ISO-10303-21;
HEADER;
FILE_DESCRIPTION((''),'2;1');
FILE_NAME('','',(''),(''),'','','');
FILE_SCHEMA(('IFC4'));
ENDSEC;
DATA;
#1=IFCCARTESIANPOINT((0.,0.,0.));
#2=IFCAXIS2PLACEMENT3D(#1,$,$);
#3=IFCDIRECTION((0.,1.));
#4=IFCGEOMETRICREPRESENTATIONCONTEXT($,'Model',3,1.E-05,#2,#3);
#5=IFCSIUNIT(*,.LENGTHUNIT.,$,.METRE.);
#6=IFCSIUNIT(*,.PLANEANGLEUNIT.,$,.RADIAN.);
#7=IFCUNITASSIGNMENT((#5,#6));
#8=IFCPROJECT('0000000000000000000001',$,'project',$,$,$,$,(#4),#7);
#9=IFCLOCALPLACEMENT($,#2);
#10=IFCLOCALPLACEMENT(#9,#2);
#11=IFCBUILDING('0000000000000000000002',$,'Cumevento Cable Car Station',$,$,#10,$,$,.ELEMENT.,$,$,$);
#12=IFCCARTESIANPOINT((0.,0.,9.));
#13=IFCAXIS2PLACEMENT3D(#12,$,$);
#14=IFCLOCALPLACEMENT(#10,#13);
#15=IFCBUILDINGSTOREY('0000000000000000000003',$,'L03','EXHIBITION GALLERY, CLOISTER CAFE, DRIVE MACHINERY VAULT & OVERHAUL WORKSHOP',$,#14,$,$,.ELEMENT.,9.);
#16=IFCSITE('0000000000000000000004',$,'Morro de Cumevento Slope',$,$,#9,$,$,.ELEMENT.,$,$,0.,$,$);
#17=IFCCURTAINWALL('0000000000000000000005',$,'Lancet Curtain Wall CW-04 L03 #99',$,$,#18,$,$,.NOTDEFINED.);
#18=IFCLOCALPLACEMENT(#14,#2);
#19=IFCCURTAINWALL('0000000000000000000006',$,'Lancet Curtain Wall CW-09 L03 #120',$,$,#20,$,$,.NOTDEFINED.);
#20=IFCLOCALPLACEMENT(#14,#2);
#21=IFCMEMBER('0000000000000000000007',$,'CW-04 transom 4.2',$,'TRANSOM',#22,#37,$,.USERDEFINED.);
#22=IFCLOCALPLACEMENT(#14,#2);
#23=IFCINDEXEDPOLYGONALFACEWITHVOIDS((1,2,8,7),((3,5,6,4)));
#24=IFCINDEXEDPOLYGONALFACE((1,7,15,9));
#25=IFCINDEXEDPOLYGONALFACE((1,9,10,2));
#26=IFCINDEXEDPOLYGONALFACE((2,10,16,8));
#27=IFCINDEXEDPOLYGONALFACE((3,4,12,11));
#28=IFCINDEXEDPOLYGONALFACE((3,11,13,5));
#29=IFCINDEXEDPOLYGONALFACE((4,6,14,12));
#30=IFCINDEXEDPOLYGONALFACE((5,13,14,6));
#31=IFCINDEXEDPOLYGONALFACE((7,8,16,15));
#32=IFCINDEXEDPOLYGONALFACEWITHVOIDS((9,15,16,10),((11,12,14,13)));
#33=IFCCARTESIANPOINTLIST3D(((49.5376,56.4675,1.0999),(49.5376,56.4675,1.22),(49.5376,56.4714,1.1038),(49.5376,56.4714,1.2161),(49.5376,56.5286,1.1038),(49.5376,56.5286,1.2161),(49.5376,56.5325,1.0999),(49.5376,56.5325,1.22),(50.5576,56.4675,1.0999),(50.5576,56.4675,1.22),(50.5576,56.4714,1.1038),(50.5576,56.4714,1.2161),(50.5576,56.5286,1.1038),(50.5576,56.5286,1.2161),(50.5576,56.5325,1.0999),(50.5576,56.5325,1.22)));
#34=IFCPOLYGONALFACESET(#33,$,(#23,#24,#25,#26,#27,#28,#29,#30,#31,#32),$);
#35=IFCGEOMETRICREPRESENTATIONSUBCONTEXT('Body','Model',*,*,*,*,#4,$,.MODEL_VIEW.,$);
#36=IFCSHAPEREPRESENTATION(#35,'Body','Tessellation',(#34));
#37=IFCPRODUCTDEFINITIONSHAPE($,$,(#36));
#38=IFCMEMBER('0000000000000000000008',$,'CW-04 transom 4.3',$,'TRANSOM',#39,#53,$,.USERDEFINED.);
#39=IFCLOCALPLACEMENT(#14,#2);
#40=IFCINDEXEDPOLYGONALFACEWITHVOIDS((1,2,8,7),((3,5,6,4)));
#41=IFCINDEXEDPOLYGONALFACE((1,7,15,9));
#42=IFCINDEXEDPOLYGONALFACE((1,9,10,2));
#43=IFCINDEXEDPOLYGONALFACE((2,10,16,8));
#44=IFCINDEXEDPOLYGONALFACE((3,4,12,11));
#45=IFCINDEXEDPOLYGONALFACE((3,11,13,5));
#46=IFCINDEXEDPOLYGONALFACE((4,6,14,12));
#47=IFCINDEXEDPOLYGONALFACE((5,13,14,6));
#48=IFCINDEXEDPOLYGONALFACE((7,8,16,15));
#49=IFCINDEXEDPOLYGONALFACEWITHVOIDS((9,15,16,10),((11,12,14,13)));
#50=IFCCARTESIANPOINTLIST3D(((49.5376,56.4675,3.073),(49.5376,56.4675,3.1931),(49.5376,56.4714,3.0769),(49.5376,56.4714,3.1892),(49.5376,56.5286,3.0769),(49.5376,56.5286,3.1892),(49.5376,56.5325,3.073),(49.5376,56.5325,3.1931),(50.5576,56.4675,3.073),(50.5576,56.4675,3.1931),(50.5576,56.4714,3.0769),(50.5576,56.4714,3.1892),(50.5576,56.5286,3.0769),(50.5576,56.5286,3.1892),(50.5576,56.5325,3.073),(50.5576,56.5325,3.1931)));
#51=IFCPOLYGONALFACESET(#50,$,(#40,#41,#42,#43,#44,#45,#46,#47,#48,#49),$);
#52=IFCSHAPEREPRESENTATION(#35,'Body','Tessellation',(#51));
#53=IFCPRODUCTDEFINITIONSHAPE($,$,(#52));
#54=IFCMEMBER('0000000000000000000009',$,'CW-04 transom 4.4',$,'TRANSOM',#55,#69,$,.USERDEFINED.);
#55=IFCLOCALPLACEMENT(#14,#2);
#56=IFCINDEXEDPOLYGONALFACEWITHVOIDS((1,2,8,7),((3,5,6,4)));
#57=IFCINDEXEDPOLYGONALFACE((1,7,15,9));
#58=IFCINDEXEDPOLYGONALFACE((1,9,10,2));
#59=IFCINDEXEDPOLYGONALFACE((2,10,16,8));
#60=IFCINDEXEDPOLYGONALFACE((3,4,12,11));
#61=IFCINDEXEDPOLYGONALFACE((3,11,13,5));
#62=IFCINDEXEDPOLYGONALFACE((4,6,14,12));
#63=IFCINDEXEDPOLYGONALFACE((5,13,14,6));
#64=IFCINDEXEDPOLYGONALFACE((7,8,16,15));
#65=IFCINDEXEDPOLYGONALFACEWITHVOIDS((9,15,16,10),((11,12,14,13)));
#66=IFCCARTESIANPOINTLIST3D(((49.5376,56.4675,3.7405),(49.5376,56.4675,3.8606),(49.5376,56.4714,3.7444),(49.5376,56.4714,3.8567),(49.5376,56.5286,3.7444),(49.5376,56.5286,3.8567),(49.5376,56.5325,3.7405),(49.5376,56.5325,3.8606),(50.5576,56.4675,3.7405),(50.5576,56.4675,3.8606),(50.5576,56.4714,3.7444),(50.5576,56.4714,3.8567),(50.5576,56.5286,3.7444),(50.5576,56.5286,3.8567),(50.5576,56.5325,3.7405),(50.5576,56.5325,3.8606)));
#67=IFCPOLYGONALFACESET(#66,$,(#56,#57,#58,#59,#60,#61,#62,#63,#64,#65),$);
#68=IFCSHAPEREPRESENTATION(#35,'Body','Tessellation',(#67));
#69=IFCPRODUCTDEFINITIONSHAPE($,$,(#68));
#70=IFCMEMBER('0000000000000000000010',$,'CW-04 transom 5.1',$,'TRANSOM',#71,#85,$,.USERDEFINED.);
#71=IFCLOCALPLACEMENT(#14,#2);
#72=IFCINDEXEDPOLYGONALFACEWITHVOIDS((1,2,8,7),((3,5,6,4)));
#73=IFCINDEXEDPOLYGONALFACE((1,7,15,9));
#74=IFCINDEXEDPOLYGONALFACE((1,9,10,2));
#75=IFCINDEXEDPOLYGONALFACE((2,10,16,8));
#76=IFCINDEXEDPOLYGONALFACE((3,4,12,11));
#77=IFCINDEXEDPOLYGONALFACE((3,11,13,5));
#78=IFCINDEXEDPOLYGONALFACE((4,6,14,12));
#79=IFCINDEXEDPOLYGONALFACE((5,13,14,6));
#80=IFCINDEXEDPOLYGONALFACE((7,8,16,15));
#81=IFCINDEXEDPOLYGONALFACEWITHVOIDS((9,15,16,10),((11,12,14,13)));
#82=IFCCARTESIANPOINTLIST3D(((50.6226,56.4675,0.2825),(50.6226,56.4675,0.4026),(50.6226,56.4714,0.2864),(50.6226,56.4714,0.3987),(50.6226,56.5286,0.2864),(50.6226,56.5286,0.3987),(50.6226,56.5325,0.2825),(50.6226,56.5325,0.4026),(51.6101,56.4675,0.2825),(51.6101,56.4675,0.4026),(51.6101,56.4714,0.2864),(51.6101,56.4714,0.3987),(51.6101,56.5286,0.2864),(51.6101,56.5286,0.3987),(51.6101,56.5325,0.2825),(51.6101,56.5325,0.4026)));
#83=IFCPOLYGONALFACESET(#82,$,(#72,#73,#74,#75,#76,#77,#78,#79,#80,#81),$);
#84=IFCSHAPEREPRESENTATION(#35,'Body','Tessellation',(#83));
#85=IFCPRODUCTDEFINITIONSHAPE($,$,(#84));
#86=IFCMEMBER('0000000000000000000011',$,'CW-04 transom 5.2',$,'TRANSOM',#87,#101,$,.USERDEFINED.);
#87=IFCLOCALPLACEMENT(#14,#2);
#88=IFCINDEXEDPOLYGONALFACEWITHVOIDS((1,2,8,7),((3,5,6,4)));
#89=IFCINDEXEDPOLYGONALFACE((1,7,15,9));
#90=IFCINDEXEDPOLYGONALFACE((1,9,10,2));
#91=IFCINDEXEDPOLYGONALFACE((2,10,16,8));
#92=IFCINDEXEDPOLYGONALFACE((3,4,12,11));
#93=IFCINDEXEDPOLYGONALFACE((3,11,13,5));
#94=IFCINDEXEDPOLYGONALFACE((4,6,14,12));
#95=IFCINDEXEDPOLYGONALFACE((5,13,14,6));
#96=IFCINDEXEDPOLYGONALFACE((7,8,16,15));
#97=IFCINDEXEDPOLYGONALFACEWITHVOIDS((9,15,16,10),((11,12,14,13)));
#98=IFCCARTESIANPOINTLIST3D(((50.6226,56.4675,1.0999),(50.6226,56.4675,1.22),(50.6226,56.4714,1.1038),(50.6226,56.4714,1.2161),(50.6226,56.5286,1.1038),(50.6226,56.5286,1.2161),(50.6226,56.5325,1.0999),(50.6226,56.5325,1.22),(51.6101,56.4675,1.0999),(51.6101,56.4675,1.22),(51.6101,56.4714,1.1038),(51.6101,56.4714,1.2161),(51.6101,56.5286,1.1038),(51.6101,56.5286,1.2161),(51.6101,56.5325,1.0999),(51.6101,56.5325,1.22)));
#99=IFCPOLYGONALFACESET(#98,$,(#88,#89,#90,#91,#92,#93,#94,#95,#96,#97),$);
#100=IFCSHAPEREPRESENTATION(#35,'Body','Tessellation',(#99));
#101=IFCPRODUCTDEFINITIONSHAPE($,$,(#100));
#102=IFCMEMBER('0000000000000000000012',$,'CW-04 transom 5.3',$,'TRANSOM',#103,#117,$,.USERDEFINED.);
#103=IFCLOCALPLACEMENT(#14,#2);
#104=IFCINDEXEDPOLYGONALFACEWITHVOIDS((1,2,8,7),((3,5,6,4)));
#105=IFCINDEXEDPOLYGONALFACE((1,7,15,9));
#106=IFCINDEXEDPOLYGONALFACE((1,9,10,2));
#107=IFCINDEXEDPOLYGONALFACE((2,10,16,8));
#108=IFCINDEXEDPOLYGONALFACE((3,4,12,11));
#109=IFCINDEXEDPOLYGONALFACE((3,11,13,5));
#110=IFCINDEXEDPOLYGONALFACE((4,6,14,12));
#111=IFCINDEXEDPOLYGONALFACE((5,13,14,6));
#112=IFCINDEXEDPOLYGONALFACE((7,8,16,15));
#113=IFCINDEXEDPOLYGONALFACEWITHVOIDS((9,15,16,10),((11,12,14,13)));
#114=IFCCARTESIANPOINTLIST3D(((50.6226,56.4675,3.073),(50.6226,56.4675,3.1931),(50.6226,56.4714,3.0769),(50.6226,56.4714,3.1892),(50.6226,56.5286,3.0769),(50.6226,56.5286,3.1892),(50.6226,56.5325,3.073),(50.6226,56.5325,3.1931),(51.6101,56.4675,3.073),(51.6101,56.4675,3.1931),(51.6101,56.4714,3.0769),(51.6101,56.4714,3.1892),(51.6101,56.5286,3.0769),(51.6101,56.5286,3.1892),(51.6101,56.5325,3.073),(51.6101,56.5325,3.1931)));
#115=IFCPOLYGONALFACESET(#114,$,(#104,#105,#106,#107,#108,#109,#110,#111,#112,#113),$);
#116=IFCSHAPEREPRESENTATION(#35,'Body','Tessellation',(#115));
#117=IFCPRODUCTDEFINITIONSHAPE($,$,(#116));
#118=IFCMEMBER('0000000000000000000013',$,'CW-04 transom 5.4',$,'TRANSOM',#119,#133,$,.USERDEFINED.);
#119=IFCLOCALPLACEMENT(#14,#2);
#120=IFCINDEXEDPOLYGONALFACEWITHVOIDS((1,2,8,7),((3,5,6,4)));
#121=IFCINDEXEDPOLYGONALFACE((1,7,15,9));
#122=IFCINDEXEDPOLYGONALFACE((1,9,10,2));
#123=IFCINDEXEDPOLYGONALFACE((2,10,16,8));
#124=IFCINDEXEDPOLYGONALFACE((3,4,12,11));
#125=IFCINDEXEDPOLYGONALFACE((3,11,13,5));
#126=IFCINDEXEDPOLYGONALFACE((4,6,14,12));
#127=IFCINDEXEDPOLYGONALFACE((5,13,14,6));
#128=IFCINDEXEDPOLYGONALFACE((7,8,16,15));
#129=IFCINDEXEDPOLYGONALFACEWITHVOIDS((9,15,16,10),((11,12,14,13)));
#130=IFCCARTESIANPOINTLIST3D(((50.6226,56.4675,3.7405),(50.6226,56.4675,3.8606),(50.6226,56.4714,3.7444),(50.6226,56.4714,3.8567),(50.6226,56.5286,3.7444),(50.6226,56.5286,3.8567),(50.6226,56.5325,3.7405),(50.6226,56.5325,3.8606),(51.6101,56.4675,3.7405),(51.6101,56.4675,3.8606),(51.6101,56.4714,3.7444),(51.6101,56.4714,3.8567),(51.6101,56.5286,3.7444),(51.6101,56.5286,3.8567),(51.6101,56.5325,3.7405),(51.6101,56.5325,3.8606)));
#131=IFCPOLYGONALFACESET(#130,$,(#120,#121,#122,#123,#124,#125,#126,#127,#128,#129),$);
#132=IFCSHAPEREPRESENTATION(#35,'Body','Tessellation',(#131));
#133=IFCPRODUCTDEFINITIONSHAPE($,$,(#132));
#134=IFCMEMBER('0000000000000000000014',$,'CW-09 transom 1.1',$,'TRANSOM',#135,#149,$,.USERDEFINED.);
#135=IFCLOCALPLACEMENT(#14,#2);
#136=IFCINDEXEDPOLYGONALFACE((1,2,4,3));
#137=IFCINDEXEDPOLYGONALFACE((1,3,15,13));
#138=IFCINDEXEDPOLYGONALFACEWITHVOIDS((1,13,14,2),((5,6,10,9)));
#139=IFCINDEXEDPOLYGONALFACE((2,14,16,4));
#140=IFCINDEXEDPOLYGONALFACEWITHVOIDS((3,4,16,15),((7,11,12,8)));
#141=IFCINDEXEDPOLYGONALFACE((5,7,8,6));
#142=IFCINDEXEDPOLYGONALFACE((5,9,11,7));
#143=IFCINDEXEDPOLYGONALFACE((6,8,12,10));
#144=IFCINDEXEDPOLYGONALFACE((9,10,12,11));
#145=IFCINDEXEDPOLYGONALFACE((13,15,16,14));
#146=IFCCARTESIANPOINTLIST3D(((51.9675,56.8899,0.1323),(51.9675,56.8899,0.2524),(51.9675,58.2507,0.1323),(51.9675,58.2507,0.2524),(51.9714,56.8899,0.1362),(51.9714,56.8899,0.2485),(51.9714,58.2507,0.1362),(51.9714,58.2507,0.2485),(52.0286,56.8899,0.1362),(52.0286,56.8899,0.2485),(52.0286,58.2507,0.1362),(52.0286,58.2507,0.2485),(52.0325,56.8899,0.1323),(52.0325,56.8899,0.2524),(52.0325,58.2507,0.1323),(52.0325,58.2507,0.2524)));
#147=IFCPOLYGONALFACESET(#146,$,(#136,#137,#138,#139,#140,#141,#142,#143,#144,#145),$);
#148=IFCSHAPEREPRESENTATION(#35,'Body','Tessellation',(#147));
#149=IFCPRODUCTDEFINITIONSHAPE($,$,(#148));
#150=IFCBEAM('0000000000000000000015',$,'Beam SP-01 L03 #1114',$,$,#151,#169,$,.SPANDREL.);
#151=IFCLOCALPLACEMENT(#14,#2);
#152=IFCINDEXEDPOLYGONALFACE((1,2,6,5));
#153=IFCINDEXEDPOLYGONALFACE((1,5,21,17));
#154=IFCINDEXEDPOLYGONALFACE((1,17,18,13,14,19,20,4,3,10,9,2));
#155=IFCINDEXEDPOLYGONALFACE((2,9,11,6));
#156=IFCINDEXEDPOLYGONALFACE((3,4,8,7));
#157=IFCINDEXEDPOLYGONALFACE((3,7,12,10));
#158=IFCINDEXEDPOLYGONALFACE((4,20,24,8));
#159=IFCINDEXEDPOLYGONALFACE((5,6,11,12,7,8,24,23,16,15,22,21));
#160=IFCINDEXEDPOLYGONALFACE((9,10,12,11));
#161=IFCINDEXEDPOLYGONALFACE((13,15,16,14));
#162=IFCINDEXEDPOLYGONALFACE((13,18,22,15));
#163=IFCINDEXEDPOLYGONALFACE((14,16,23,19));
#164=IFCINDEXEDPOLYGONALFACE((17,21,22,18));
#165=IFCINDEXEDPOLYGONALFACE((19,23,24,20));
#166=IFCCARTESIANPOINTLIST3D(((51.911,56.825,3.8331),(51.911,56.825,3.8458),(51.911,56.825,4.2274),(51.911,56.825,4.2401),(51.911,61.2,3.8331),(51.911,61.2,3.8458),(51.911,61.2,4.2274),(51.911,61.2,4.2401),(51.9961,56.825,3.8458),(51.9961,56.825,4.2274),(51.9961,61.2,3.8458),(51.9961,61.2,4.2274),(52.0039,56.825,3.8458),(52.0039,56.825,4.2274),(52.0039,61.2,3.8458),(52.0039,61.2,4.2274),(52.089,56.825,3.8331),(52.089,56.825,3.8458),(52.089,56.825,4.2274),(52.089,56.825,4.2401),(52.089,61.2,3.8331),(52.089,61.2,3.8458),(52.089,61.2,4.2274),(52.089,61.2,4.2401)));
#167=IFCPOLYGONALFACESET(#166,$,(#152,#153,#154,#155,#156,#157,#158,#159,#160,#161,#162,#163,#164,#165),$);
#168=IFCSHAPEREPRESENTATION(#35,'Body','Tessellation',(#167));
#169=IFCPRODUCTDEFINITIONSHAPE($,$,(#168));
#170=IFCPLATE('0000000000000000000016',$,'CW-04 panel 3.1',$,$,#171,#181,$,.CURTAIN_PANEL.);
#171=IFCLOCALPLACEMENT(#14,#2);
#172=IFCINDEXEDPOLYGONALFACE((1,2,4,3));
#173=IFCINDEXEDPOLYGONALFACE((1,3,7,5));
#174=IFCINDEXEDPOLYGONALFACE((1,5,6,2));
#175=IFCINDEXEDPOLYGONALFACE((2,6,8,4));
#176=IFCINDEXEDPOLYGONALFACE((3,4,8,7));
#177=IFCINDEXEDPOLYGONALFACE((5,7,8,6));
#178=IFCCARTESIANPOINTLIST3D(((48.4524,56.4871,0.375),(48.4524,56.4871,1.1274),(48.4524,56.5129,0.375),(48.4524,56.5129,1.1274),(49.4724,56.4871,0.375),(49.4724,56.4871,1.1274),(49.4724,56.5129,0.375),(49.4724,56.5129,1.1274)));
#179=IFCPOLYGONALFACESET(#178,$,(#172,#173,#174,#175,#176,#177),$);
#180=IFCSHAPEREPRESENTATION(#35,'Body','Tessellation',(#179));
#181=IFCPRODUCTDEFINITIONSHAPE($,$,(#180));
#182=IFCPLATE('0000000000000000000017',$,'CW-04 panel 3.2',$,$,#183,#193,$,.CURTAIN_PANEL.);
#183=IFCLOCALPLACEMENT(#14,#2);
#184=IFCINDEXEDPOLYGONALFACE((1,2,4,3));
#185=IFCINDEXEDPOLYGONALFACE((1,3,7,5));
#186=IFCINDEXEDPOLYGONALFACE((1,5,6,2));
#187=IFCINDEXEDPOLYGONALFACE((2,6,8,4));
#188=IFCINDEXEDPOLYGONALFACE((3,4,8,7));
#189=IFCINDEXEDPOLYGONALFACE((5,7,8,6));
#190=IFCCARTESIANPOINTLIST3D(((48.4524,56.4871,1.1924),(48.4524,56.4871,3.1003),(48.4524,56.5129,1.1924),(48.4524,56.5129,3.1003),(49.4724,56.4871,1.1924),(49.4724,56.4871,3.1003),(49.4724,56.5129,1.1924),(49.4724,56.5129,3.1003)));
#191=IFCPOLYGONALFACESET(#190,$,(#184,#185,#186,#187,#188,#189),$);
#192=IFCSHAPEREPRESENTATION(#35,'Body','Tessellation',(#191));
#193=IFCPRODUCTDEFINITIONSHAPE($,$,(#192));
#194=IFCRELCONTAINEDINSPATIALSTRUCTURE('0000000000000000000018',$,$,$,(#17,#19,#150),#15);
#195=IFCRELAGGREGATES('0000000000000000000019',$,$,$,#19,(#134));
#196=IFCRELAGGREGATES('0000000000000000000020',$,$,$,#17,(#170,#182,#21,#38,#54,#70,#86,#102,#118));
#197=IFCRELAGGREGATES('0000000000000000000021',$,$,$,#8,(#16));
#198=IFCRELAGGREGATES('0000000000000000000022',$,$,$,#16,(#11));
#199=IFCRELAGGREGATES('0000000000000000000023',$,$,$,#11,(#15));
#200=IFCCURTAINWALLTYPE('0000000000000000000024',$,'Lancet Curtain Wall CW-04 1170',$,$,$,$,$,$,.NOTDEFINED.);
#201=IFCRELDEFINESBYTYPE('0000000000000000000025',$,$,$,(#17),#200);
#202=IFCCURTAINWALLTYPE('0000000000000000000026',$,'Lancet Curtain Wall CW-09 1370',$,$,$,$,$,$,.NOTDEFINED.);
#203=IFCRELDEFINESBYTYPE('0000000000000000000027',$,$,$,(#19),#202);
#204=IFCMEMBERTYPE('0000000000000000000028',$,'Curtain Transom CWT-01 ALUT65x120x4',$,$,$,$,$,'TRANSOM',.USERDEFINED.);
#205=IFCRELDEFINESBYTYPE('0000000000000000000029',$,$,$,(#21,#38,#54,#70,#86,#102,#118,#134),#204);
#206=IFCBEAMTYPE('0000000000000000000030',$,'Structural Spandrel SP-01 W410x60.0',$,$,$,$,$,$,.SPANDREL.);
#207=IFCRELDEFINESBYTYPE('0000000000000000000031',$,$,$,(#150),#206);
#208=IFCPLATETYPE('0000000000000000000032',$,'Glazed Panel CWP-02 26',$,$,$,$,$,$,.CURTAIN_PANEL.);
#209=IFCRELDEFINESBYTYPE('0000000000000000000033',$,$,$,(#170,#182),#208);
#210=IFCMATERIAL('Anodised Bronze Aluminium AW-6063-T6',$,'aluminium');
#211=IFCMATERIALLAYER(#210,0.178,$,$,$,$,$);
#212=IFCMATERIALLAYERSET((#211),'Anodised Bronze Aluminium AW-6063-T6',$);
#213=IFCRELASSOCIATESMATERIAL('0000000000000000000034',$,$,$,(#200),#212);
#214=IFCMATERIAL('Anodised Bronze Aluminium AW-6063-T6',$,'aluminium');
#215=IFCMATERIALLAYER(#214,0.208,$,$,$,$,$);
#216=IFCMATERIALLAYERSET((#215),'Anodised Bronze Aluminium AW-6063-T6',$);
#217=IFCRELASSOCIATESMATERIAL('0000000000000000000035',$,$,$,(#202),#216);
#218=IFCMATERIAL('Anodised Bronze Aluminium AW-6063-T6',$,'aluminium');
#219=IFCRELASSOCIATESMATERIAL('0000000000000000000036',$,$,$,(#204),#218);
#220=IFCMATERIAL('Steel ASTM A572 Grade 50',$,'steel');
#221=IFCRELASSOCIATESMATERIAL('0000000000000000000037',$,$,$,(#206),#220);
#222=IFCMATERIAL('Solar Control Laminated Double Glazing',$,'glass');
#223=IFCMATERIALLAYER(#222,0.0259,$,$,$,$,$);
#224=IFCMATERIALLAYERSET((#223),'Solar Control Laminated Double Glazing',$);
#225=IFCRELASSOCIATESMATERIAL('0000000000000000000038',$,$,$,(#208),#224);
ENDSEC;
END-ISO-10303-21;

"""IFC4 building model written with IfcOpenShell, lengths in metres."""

from ifc_helpers import new_model, si_unit, direction, frame, origin, origin_2d, place, context, subcontext, project, spatial, rectangle, hollow_rectangle, i_section, extrude, material, layer, layer_set, material_profile, profile_set, type_object, element, aggregate, save


model = new_model("IFC4")

# Units and contexts
model_context = context("Model", 3, precision=1e-05, world=origin(), true_north=direction((0.0, 1.0)))
body_context = subcontext(model_context, "Body", "Model", "MODEL_VIEW")
ifc_project = project(units=[si_unit("LENGTHUNIT", "METRE"), si_unit("PLANEANGLEUNIT", "RADIAN")], contexts=[model_context])

# Site, building, storey
site_placement = place(None, origin())
site = spatial("IfcSite", under=ifc_project, at=site_placement, Name="Morro de Cumevento Slope", CompositionType="ELEMENT", RefElevation=0.0)
building_placement = place(site_placement, origin())
building = spatial("IfcBuilding", under=site, at=building_placement, Name="Cumevento Cable Car Station", CompositionType="ELEMENT")
storey_placement = place(building_placement, frame((0.0, 0.0, 9.0)))
storey = spatial("IfcBuildingStorey", under=building, at=storey_placement, Name="L03", Description="EXHIBITION GALLERY, CLOISTER CAFE, DRIVE MACHINERY VAULT & OVERHAUL WORKSHOP", CompositionType="ELEMENT", Elevation=9.0)

# Curtain wall
ifc_material_1 = material(Name="Anodised Bronze Aluminium AW-6063-T6", Category="aluminium")
ifc_layer_1 = layer(ifc_material_1, 0.178)
ifc_layer_set_1 = layer_set([ifc_layer_1], Name="Anodised Bronze Aluminium AW-6063-T6")
curtain_wall_type_1 = type_object("IfcCurtainWallType", Name="Lancet Curtain Wall CW-04 1170", PredefinedType="NOTDEFINED", material=ifc_layer_set_1)
curtain_wall_1_placement = place(storey_placement, origin())
curtain_wall_1 = element("IfcCurtainWall", 1, at=curtain_wall_1_placement, inside=storey, type_object=curtain_wall_type_1, Name="Lancet Curtain Wall CW-04 L03 #99", PredefinedType="NOTDEFINED")

# Curtain wall
ifc_material_2 = material(Name="Anodised Bronze Aluminium AW-6063-T6", Category="aluminium")
ifc_layer_2 = layer(ifc_material_2, 0.208)
ifc_layer_set_2 = layer_set([ifc_layer_2], Name="Anodised Bronze Aluminium AW-6063-T6")
curtain_wall_type_2 = type_object("IfcCurtainWallType", Name="Lancet Curtain Wall CW-09 1370", PredefinedType="NOTDEFINED", material=ifc_layer_set_2)
curtain_wall_2_placement = place(storey_placement, origin())
curtain_wall_2 = element("IfcCurtainWall", 2, at=curtain_wall_2_placement, inside=storey, type_object=curtain_wall_type_2, Name="Lancet Curtain Wall CW-09 L03 #120", PredefinedType="NOTDEFINED")

# Members
ifc_material_3 = material(Name="Anodised Bronze Aluminium AW-6063-T6", Category="aluminium")
ifc_material_profile_1 = material_profile(ifc_material_3, hollow_rectangle(XDim=0.0649, YDim=0.1201, WallThickness=0.0039, at=origin_2d()), Name="ALUT65x120x4")
ifc_profile_set_1 = profile_set([ifc_material_profile_1], Name="Anodised Bronze Aluminium AW-6063-T6")
member_type_1 = type_object("IfcMemberType", Name="Curtain Transom CWT-01 ALUT65x120x4", ElementType="TRANSOM", PredefinedType="USERDEFINED", material=ifc_profile_set_1)
member_1_placement = place(storey_placement, frame((49.5376, 56.5, 1.1599), z_axis=(1.0, 0.0, 0.0), x_axis=(0.0, 1.0, 0.0)))
member_1 = element("IfcMember", 3, at=member_1_placement, type_object=member_type_1, Name="CW-04 transom 4.2", ObjectType="TRANSOM", PredefinedType="USERDEFINED", context=body_context, shape_type="SweptSolid", body=[
    extrude(hollow_rectangle(XDim=0.0649, YDim=0.1201, WallThickness=0.0039, at=origin_2d()), origin(), (0.0, 0.0, 1.0), 1.02),
])
member_2_placement = place(storey_placement, frame((49.5376, 56.5, 3.1331), z_axis=(1.0, 0.0, 0.0), x_axis=(0.0, 1.0, 0.0)))
member_2 = element("IfcMember", 4, at=member_2_placement, type_object=member_type_1, Name="CW-04 transom 4.3", ObjectType="TRANSOM", PredefinedType="USERDEFINED", context=body_context, shape_type="SweptSolid", body=[
    extrude(hollow_rectangle(XDim=0.0649, YDim=0.1201, WallThickness=0.0039, at=origin_2d()), origin(), (0.0, 0.0, 1.0), 1.02),
])
member_3_placement = place(storey_placement, frame((49.5376, 56.5, 3.8005), z_axis=(1.0, 0.0, 0.0), x_axis=(0.0, 1.0, 0.0)))
member_3 = element("IfcMember", 5, at=member_3_placement, type_object=member_type_1, Name="CW-04 transom 4.4", ObjectType="TRANSOM", PredefinedType="USERDEFINED", context=body_context, shape_type="SweptSolid", body=[
    extrude(hollow_rectangle(XDim=0.0649, YDim=0.1201, WallThickness=0.0039, at=origin_2d()), origin(), (0.0, 0.0, 1.0), 1.02),
])
member_4_placement = place(storey_placement, frame((50.6226, 56.5, 0.3425), z_axis=(1.0, 0.0, 0.0), x_axis=(0.0, 1.0, 0.0)))
member_4 = element("IfcMember", 6, at=member_4_placement, type_object=member_type_1, Name="CW-04 transom 5.1", ObjectType="TRANSOM", PredefinedType="USERDEFINED", context=body_context, shape_type="SweptSolid", body=[
    extrude(hollow_rectangle(XDim=0.0649, YDim=0.1201, WallThickness=0.0039, at=origin_2d()), origin(), (0.0, 0.0, 1.0), 0.9875),
])
member_5_placement = place(storey_placement, frame((50.6226, 56.5, 1.1599), z_axis=(1.0, 0.0, 0.0), x_axis=(0.0, 1.0, 0.0)))
member_5 = element("IfcMember", 7, at=member_5_placement, type_object=member_type_1, Name="CW-04 transom 5.2", ObjectType="TRANSOM", PredefinedType="USERDEFINED", context=body_context, shape_type="SweptSolid", body=[
    extrude(hollow_rectangle(XDim=0.0649, YDim=0.1201, WallThickness=0.0039, at=origin_2d()), origin(), (0.0, 0.0, 1.0), 0.9875),
])
member_6_placement = place(storey_placement, frame((50.6226, 56.5, 3.1331), z_axis=(1.0, 0.0, 0.0), x_axis=(0.0, 1.0, 0.0)))
member_6 = element("IfcMember", 8, at=member_6_placement, type_object=member_type_1, Name="CW-04 transom 5.3", ObjectType="TRANSOM", PredefinedType="USERDEFINED", context=body_context, shape_type="SweptSolid", body=[
    extrude(hollow_rectangle(XDim=0.0649, YDim=0.1201, WallThickness=0.0039, at=origin_2d()), origin(), (0.0, 0.0, 1.0), 0.9875),
])
member_7_placement = place(storey_placement, frame((50.6226, 56.5, 3.8005), z_axis=(1.0, 0.0, 0.0), x_axis=(0.0, 1.0, 0.0)))
member_7 = element("IfcMember", 9, at=member_7_placement, type_object=member_type_1, Name="CW-04 transom 5.4", ObjectType="TRANSOM", PredefinedType="USERDEFINED", context=body_context, shape_type="SweptSolid", body=[
    extrude(hollow_rectangle(XDim=0.0649, YDim=0.1201, WallThickness=0.0039, at=origin_2d()), origin(), (0.0, 0.0, 1.0), 0.9875),
])
member_8_placement = place(storey_placement, frame((52.0, 56.8899, 0.1924), z_axis=(0.0, 1.0, 0.0), x_axis=(-1.0, 0.0, 0.0)))
member_8 = element("IfcMember", 10, at=member_8_placement, type_object=member_type_1, Name="CW-09 transom 1.1", ObjectType="TRANSOM", PredefinedType="USERDEFINED", context=body_context, shape_type="SweptSolid", body=[
    extrude(hollow_rectangle(XDim=0.0649, YDim=0.1201, WallThickness=0.0039, at=origin_2d()), origin(), (0.0, 0.0, 1.0), 1.3608),
])
aggregate(curtain_wall_2, [member_8])

# Beam
ifc_material_4 = material(Name="Steel ASTM A572 Grade 50", Category="steel")
ifc_material_profile_2 = material_profile(ifc_material_4, i_section(OverallWidth=0.178, OverallDepth=0.407, WebThickness=0.0078, FlangeThickness=0.0127, at=origin_2d()), Name="W410x60.0")
ifc_profile_set_2 = profile_set([ifc_material_profile_2], Name="Steel ASTM A572 Grade 50")
beam_type = type_object("IfcBeamType", Name="Structural Spandrel SP-01 W410x60.0", PredefinedType="SPANDREL", material=ifc_profile_set_2)
beam_placement = place(storey_placement, frame((52.0, 56.825, 4.0366), z_axis=(0.0, 1.0, 0.0), x_axis=(-1.0, 0.0, 0.0)))
element("IfcBeam", 11, at=beam_placement, inside=storey, type_object=beam_type, Name="Beam SP-01 L03 #1114", PredefinedType="SPANDREL", context=body_context, shape_type="SweptSolid", body=[
    extrude(i_section(OverallWidth=0.178, OverallDepth=0.407, WebThickness=0.0078, FlangeThickness=0.0127, at=origin_2d()), origin(), (0.0, 0.0, 1.0), 4.375),
])

# Plates
ifc_material_5 = material(Name="Solar Control Laminated Double Glazing", Category="glass")
ifc_layer_3 = layer(ifc_material_5, 0.0259)
ifc_layer_set_3 = layer_set([ifc_layer_3], Name="Solar Control Laminated Double Glazing")
plate_type = type_object("IfcPlateType", Name="Glazed Panel CWP-02 26", PredefinedType="CURTAIN_PANEL", material=ifc_layer_set_3)
plate_1_placement = place(storey_placement, frame((48.9624, 56.5, 0.375), z_axis=(0.0, 0.0, 1.0), x_axis=(1.0, 0.0, 0.0)))
plate_1 = element("IfcPlate", 12, at=plate_1_placement, type_object=plate_type, Name="CW-04 panel 3.1", PredefinedType="CURTAIN_PANEL", context=body_context, shape_type="SweptSolid", body=[
    extrude(rectangle(XDim=1.02, YDim=0.0259, at=origin_2d()), origin(), (0.0, 0.0, 1.0), 0.7524),
])
plate_2_placement = place(storey_placement, frame((48.9624, 56.5, 1.1924), z_axis=(0.0, 0.0, 1.0), x_axis=(1.0, 0.0, 0.0)))
plate_2 = element("IfcPlate", 13, at=plate_2_placement, type_object=plate_type, Name="CW-04 panel 3.2", PredefinedType="CURTAIN_PANEL", context=body_context, shape_type="SweptSolid", body=[
    extrude(rectangle(XDim=1.02, YDim=0.0259, at=origin_2d()), origin(), (0.0, 0.0, 1.0), 1.908),
])
aggregate(curtain_wall_1, [plate_1, plate_2, member_1, member_2, member_3, member_4, member_5, member_6, member_7])

save(model, "model.ifc")
